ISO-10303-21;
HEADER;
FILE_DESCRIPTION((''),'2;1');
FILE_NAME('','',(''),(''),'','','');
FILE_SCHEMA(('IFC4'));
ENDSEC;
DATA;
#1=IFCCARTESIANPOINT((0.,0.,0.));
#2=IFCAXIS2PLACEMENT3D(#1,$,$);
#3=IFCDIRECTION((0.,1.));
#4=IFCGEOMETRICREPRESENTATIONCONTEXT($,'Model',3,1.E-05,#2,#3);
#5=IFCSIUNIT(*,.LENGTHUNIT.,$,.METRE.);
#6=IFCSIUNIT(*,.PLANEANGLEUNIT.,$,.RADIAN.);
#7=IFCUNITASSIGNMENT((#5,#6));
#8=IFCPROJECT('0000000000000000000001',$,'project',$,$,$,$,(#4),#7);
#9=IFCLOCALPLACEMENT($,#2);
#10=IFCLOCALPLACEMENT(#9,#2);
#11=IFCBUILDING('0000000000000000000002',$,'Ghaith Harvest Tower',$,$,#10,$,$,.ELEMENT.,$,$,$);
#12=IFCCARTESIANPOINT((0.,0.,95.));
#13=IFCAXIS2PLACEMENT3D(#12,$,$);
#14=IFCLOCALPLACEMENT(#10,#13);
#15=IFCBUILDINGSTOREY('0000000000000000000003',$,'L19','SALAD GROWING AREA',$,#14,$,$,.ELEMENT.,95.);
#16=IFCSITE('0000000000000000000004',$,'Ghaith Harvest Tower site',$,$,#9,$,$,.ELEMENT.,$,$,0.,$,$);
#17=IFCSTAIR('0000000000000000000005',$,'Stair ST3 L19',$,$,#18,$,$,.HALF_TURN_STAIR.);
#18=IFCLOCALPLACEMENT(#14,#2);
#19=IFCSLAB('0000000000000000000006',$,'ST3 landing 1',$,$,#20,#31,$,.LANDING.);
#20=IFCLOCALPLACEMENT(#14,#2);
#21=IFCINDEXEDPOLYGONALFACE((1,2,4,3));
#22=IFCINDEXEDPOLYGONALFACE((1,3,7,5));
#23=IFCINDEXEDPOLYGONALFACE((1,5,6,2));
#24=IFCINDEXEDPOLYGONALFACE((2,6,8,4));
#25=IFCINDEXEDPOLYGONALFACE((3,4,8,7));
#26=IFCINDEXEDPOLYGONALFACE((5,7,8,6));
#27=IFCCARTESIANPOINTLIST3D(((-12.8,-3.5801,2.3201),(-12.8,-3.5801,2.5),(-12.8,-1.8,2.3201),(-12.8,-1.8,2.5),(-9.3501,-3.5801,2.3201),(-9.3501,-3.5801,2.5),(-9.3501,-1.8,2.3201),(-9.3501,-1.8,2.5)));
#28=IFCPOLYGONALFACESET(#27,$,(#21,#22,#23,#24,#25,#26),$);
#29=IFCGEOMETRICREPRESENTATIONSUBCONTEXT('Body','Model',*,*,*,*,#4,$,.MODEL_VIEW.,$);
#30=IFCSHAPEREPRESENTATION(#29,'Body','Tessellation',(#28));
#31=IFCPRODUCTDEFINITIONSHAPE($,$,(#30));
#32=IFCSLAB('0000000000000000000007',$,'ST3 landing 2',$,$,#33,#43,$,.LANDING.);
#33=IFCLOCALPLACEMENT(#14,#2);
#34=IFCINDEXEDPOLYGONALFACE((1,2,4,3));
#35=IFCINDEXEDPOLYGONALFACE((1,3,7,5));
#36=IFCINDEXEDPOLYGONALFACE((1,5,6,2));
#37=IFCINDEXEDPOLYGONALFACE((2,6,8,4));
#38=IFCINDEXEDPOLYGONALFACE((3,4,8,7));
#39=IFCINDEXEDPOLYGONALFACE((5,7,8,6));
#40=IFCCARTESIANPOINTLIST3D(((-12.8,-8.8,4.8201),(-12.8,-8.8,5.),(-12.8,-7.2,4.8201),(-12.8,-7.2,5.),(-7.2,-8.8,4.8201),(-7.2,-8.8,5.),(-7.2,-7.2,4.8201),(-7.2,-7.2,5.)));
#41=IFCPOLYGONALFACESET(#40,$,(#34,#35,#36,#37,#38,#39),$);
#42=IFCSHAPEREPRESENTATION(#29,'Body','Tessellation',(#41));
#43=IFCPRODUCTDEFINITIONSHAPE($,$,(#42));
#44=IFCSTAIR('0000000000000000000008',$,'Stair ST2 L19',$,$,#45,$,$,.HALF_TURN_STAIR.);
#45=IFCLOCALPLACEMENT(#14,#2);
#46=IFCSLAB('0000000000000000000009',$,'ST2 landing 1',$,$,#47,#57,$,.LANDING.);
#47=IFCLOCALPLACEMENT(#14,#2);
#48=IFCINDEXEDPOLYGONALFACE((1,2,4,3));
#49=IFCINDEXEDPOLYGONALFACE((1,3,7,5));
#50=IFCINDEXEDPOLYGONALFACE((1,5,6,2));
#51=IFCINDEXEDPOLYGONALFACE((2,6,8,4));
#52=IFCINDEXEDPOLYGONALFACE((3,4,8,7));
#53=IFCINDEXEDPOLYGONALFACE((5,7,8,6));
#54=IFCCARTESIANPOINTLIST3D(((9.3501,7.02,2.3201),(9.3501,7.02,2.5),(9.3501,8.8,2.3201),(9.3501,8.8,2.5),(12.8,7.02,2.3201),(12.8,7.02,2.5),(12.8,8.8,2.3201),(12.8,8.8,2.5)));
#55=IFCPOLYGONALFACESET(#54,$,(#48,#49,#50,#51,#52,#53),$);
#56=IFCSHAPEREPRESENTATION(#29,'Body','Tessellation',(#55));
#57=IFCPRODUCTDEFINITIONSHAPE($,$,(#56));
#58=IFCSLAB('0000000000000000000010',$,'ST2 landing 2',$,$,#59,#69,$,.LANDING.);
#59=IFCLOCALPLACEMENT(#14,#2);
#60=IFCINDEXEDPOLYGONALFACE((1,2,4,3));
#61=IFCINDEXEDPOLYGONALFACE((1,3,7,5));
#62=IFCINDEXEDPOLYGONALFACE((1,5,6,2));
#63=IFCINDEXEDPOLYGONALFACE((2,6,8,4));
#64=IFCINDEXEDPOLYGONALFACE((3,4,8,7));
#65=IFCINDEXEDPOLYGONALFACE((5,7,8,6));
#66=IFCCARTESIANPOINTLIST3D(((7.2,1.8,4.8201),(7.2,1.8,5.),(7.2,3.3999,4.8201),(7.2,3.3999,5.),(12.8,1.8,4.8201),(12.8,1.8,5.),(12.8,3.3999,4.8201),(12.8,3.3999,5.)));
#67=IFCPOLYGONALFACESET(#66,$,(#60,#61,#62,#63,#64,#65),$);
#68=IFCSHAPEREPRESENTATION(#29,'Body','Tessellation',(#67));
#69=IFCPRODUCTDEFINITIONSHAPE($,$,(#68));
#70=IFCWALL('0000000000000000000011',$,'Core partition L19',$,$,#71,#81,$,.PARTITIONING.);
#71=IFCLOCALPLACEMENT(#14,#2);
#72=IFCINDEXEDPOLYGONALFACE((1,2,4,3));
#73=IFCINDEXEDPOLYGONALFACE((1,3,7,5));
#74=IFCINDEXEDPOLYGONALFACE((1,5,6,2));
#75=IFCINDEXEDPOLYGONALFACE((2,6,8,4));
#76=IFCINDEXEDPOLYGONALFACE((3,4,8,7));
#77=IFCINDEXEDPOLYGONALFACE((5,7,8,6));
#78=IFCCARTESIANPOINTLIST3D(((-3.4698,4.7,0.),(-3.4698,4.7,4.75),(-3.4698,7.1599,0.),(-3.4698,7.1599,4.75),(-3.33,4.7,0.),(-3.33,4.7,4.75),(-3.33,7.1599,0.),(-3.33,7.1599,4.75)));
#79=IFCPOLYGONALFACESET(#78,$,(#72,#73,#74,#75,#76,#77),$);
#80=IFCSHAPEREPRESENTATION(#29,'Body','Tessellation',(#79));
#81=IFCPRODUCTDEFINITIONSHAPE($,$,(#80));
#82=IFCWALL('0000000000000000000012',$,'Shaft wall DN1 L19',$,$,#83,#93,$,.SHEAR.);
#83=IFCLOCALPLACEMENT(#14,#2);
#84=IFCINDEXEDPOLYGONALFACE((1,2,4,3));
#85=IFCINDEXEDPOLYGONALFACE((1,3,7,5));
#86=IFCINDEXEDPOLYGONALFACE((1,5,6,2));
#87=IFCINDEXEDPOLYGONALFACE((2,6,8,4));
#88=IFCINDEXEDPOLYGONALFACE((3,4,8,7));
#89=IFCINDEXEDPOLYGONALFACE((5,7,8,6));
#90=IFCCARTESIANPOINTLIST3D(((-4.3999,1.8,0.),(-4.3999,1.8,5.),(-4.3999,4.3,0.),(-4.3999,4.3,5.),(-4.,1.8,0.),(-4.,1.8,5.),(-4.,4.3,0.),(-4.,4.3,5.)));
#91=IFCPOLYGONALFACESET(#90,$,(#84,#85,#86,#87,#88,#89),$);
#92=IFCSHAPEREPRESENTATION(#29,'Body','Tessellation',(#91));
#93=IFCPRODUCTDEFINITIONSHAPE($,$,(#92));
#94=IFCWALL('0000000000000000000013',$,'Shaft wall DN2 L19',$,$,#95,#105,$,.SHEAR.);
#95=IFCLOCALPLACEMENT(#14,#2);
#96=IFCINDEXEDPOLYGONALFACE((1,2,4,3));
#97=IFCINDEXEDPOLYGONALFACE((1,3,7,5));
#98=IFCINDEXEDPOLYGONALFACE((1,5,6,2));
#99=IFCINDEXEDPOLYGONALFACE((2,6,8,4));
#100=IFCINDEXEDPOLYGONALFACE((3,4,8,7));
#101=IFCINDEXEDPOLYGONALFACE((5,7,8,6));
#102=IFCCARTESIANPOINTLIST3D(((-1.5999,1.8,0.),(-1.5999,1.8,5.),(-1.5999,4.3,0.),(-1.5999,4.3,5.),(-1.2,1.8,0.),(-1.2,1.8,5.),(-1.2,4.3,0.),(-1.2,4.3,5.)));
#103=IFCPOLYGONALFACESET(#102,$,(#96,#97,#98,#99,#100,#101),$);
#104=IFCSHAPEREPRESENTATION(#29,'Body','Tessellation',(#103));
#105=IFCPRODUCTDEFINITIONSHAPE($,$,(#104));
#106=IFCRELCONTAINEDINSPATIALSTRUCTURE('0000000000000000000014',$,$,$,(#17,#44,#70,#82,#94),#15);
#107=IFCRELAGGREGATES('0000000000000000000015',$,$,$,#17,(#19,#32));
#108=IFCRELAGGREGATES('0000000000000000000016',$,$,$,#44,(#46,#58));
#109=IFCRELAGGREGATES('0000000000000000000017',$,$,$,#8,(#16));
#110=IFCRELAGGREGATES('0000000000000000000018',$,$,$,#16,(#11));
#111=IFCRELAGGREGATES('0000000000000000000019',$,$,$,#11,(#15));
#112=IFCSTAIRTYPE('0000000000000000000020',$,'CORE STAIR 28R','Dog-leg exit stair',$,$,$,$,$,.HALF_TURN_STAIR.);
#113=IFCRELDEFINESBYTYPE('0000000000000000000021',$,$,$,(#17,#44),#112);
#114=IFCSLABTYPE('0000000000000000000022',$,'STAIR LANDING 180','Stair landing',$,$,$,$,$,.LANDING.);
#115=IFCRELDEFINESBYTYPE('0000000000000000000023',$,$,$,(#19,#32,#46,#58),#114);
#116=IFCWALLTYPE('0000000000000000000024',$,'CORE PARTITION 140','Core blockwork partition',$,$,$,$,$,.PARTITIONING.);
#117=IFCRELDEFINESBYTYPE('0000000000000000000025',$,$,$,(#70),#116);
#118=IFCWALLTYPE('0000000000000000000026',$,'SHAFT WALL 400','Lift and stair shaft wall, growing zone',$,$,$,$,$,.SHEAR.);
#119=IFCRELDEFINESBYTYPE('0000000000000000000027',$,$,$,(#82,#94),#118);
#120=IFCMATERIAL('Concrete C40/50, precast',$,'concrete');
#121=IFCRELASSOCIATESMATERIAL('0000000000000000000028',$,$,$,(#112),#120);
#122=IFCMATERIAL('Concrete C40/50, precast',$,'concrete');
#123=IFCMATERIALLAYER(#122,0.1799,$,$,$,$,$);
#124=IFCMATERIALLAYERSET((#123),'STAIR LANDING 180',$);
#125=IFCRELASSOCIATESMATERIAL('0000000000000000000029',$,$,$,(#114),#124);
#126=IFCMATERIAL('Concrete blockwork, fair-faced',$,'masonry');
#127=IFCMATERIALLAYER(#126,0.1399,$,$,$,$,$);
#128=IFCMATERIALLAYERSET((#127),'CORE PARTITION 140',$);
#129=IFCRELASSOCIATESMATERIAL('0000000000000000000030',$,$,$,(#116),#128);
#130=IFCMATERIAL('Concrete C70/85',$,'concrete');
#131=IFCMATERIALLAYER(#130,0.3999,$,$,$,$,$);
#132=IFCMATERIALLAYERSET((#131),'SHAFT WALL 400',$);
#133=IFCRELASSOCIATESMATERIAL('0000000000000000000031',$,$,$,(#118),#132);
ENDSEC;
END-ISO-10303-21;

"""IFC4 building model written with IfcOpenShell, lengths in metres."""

from ifc_helpers import new_model, si_unit, direction, frame, frame_2d, origin, place, context, subcontext, project, spatial, polyline, rectangle, outline, extrude, material, layer, layer_set, type_object, element, aggregate, save


model = new_model("IFC4")

# Units and contexts
model_context = context("Model", 3, precision=1e-05, world=origin(), true_north=direction((0.0, 1.0)))
body_context = subcontext(model_context, "Body", "Model", "MODEL_VIEW")
ifc_project = project(units=[si_unit("LENGTHUNIT", "METRE"), si_unit("PLANEANGLEUNIT", "RADIAN")], contexts=[model_context])

# Site, building, storey
site_placement = place(None, origin())
site = spatial("IfcSite", under=ifc_project, at=site_placement, Name="Ghaith Harvest Tower site", CompositionType="ELEMENT", RefElevation=0.0)
building_placement = place(site_placement, origin())
building = spatial("IfcBuilding", under=site, at=building_placement, Name="Ghaith Harvest Tower", CompositionType="ELEMENT")
storey_placement = place(building_placement, frame((0.0, 0.0, 95.0)))
storey = spatial("IfcBuildingStorey", under=building, at=storey_placement, Name="L19", Description="SALAD GROWING AREA", CompositionType="ELEMENT", Elevation=95.0)

# Stairs, slabs
ifc_material_1 = material(Name="Concrete C40/50, precast", Category="concrete")
stair_type = type_object("IfcStairType", Name="CORE STAIR 28R", Description="Dog-leg exit stair", PredefinedType="HALF_TURN_STAIR", material=ifc_material_1)
ifc_material_2 = material(Name="Concrete C40/50, precast", Category="concrete")
ifc_layer_1 = layer(ifc_material_2, 0.1799)
ifc_layer_set_1 = layer_set([ifc_layer_1], Name="STAIR LANDING 180")
slab_type_1 = type_object("IfcSlabType", Name="STAIR LANDING 180", Description="Stair landing", PredefinedType="LANDING", material=ifc_layer_set_1)
stair_1_placement = place(storey_placement, origin())
stair_1 = element("IfcStair", 1, at=stair_1_placement, inside=storey, type_object=stair_type, Name="Stair ST3 L19", PredefinedType="HALF_TURN_STAIR")
slab_1_placement = place(storey_placement, frame((0.0, 0.0, 2.3201)))
slab_1 = element("IfcSlab", 2, at=slab_1_placement, type_object=slab_type_1, Name="ST3 landing 1", PredefinedType="LANDING", context=body_context, shape_type="SweptSolid", body=[
    extrude(outline(polyline([(-12.8, -3.5801), (-12.8, -1.8), (-9.3501, -1.8), (-9.3501, -3.5801), (-12.8, -3.5801)])), origin(), (0.0, 0.0, 1.0), 0.1799),
])
slab_2_placement = place(storey_placement, frame((0.0, 0.0, 4.8201)))
slab_2 = element("IfcSlab", 3, at=slab_2_placement, type_object=slab_type_1, Name="ST3 landing 2", PredefinedType="LANDING", context=body_context, shape_type="SweptSolid", body=[
    extrude(outline(polyline([(-12.8, -8.8), (-12.8, -7.2), (-7.2, -7.2), (-7.2, -8.8), (-12.8, -8.8)])), origin(), (0.0, 0.0, 1.0), 0.1799),
])
aggregate(stair_1, [slab_1, slab_2])
stair_2_placement = place(storey_placement, origin())
stair_2 = element("IfcStair", 4, at=stair_2_placement, inside=storey, type_object=stair_type, Name="Stair ST2 L19", PredefinedType="HALF_TURN_STAIR")
slab_3_placement = place(storey_placement, frame((0.0, 0.0, 2.3201)))
slab_3 = element("IfcSlab", 5, at=slab_3_placement, type_object=slab_type_1, Name="ST2 landing 1", PredefinedType="LANDING", context=body_context, shape_type="SweptSolid", body=[
    extrude(outline(polyline([(12.8, 7.02), (12.8, 8.8), (9.3501, 8.8), (9.3501, 7.02), (12.8, 7.02)])), origin(), (0.0, 0.0, 1.0), 0.1799),
])
slab_4_placement = place(storey_placement, frame((0.0, 0.0, 4.8201)))
slab_4 = element("IfcSlab", 6, at=slab_4_placement, type_object=slab_type_1, Name="ST2 landing 2", PredefinedType="LANDING", context=body_context, shape_type="SweptSolid", body=[
    extrude(outline(polyline([(12.8, 1.8), (12.8, 3.3999), (7.2, 3.3999), (7.2, 1.8), (12.8, 1.8)])), origin(), (0.0, 0.0, 1.0), 0.1799),
])
aggregate(stair_2, [slab_3, slab_4])

# Walls
ifc_material_3 = material(Name="Concrete blockwork, fair-faced", Category="masonry")
ifc_layer_2 = layer(ifc_material_3, 0.1399)
ifc_layer_set_2 = layer_set([ifc_layer_2], Name="CORE PARTITION 140")
wall_type_1 = type_object("IfcWallType", Name="CORE PARTITION 140", Description="Core blockwork partition", PredefinedType="PARTITIONING", material=ifc_layer_set_2)
wall_placement = place(storey_placement, frame((-3.3999, 4.7, 0.0), z_axis=(0.0, 0.0, 1.0), x_axis=(0.0, 1.0, 0.0)))
element("IfcWall", 7, at=wall_placement, inside=storey, type_object=wall_type_1, Name="Core partition L19", PredefinedType="PARTITIONING", context=body_context, shape_type="SweptSolid", body=[
    extrude(rectangle(XDim=2.46, YDim=0.1399, at=frame_2d((1.23, 0.0))), origin(), (0.0, 0.0, 1.0), 4.75),
])
ifc_material_4 = material(Name="Concrete C70/85", Category="concrete")
ifc_layer_3 = layer(ifc_material_4, 0.3999)
ifc_layer_set_3 = layer_set([ifc_layer_3], Name="SHAFT WALL 400")
wall_type_2 = type_object("IfcWallType", Name="SHAFT WALL 400", Description="Lift and stair shaft wall, growing zone", PredefinedType="SHEAR", material=ifc_layer_set_3)
for number, where, z_axis, x_axis, name in (
    (8, (-4.2, 1.8, 0.0), (0.0, 0.0, 1.0), (0.0, 1.0, 0.0), "Shaft wall DN1 L19"),
    (9, (-1.3999, 1.8, 0.0), (0.0, 0.0, 1.0), (0.0, 1.0, 0.0), "Shaft wall DN2 L19"),
):
    element("IfcWall", number, at=place(storey_placement, frame(where, z_axis=z_axis, x_axis=x_axis)), inside=storey, type_object=wall_type_2, Name=name, PredefinedType="SHEAR", context=body_context, shape_type="SweptSolid", body=[
        extrude(rectangle(XDim=2.5, YDim=0.3999, at=frame_2d((1.25, 0.0))), origin(), (0.0, 0.0, 1.0), 5.0),
    ])

save(model, "model.ifc")
